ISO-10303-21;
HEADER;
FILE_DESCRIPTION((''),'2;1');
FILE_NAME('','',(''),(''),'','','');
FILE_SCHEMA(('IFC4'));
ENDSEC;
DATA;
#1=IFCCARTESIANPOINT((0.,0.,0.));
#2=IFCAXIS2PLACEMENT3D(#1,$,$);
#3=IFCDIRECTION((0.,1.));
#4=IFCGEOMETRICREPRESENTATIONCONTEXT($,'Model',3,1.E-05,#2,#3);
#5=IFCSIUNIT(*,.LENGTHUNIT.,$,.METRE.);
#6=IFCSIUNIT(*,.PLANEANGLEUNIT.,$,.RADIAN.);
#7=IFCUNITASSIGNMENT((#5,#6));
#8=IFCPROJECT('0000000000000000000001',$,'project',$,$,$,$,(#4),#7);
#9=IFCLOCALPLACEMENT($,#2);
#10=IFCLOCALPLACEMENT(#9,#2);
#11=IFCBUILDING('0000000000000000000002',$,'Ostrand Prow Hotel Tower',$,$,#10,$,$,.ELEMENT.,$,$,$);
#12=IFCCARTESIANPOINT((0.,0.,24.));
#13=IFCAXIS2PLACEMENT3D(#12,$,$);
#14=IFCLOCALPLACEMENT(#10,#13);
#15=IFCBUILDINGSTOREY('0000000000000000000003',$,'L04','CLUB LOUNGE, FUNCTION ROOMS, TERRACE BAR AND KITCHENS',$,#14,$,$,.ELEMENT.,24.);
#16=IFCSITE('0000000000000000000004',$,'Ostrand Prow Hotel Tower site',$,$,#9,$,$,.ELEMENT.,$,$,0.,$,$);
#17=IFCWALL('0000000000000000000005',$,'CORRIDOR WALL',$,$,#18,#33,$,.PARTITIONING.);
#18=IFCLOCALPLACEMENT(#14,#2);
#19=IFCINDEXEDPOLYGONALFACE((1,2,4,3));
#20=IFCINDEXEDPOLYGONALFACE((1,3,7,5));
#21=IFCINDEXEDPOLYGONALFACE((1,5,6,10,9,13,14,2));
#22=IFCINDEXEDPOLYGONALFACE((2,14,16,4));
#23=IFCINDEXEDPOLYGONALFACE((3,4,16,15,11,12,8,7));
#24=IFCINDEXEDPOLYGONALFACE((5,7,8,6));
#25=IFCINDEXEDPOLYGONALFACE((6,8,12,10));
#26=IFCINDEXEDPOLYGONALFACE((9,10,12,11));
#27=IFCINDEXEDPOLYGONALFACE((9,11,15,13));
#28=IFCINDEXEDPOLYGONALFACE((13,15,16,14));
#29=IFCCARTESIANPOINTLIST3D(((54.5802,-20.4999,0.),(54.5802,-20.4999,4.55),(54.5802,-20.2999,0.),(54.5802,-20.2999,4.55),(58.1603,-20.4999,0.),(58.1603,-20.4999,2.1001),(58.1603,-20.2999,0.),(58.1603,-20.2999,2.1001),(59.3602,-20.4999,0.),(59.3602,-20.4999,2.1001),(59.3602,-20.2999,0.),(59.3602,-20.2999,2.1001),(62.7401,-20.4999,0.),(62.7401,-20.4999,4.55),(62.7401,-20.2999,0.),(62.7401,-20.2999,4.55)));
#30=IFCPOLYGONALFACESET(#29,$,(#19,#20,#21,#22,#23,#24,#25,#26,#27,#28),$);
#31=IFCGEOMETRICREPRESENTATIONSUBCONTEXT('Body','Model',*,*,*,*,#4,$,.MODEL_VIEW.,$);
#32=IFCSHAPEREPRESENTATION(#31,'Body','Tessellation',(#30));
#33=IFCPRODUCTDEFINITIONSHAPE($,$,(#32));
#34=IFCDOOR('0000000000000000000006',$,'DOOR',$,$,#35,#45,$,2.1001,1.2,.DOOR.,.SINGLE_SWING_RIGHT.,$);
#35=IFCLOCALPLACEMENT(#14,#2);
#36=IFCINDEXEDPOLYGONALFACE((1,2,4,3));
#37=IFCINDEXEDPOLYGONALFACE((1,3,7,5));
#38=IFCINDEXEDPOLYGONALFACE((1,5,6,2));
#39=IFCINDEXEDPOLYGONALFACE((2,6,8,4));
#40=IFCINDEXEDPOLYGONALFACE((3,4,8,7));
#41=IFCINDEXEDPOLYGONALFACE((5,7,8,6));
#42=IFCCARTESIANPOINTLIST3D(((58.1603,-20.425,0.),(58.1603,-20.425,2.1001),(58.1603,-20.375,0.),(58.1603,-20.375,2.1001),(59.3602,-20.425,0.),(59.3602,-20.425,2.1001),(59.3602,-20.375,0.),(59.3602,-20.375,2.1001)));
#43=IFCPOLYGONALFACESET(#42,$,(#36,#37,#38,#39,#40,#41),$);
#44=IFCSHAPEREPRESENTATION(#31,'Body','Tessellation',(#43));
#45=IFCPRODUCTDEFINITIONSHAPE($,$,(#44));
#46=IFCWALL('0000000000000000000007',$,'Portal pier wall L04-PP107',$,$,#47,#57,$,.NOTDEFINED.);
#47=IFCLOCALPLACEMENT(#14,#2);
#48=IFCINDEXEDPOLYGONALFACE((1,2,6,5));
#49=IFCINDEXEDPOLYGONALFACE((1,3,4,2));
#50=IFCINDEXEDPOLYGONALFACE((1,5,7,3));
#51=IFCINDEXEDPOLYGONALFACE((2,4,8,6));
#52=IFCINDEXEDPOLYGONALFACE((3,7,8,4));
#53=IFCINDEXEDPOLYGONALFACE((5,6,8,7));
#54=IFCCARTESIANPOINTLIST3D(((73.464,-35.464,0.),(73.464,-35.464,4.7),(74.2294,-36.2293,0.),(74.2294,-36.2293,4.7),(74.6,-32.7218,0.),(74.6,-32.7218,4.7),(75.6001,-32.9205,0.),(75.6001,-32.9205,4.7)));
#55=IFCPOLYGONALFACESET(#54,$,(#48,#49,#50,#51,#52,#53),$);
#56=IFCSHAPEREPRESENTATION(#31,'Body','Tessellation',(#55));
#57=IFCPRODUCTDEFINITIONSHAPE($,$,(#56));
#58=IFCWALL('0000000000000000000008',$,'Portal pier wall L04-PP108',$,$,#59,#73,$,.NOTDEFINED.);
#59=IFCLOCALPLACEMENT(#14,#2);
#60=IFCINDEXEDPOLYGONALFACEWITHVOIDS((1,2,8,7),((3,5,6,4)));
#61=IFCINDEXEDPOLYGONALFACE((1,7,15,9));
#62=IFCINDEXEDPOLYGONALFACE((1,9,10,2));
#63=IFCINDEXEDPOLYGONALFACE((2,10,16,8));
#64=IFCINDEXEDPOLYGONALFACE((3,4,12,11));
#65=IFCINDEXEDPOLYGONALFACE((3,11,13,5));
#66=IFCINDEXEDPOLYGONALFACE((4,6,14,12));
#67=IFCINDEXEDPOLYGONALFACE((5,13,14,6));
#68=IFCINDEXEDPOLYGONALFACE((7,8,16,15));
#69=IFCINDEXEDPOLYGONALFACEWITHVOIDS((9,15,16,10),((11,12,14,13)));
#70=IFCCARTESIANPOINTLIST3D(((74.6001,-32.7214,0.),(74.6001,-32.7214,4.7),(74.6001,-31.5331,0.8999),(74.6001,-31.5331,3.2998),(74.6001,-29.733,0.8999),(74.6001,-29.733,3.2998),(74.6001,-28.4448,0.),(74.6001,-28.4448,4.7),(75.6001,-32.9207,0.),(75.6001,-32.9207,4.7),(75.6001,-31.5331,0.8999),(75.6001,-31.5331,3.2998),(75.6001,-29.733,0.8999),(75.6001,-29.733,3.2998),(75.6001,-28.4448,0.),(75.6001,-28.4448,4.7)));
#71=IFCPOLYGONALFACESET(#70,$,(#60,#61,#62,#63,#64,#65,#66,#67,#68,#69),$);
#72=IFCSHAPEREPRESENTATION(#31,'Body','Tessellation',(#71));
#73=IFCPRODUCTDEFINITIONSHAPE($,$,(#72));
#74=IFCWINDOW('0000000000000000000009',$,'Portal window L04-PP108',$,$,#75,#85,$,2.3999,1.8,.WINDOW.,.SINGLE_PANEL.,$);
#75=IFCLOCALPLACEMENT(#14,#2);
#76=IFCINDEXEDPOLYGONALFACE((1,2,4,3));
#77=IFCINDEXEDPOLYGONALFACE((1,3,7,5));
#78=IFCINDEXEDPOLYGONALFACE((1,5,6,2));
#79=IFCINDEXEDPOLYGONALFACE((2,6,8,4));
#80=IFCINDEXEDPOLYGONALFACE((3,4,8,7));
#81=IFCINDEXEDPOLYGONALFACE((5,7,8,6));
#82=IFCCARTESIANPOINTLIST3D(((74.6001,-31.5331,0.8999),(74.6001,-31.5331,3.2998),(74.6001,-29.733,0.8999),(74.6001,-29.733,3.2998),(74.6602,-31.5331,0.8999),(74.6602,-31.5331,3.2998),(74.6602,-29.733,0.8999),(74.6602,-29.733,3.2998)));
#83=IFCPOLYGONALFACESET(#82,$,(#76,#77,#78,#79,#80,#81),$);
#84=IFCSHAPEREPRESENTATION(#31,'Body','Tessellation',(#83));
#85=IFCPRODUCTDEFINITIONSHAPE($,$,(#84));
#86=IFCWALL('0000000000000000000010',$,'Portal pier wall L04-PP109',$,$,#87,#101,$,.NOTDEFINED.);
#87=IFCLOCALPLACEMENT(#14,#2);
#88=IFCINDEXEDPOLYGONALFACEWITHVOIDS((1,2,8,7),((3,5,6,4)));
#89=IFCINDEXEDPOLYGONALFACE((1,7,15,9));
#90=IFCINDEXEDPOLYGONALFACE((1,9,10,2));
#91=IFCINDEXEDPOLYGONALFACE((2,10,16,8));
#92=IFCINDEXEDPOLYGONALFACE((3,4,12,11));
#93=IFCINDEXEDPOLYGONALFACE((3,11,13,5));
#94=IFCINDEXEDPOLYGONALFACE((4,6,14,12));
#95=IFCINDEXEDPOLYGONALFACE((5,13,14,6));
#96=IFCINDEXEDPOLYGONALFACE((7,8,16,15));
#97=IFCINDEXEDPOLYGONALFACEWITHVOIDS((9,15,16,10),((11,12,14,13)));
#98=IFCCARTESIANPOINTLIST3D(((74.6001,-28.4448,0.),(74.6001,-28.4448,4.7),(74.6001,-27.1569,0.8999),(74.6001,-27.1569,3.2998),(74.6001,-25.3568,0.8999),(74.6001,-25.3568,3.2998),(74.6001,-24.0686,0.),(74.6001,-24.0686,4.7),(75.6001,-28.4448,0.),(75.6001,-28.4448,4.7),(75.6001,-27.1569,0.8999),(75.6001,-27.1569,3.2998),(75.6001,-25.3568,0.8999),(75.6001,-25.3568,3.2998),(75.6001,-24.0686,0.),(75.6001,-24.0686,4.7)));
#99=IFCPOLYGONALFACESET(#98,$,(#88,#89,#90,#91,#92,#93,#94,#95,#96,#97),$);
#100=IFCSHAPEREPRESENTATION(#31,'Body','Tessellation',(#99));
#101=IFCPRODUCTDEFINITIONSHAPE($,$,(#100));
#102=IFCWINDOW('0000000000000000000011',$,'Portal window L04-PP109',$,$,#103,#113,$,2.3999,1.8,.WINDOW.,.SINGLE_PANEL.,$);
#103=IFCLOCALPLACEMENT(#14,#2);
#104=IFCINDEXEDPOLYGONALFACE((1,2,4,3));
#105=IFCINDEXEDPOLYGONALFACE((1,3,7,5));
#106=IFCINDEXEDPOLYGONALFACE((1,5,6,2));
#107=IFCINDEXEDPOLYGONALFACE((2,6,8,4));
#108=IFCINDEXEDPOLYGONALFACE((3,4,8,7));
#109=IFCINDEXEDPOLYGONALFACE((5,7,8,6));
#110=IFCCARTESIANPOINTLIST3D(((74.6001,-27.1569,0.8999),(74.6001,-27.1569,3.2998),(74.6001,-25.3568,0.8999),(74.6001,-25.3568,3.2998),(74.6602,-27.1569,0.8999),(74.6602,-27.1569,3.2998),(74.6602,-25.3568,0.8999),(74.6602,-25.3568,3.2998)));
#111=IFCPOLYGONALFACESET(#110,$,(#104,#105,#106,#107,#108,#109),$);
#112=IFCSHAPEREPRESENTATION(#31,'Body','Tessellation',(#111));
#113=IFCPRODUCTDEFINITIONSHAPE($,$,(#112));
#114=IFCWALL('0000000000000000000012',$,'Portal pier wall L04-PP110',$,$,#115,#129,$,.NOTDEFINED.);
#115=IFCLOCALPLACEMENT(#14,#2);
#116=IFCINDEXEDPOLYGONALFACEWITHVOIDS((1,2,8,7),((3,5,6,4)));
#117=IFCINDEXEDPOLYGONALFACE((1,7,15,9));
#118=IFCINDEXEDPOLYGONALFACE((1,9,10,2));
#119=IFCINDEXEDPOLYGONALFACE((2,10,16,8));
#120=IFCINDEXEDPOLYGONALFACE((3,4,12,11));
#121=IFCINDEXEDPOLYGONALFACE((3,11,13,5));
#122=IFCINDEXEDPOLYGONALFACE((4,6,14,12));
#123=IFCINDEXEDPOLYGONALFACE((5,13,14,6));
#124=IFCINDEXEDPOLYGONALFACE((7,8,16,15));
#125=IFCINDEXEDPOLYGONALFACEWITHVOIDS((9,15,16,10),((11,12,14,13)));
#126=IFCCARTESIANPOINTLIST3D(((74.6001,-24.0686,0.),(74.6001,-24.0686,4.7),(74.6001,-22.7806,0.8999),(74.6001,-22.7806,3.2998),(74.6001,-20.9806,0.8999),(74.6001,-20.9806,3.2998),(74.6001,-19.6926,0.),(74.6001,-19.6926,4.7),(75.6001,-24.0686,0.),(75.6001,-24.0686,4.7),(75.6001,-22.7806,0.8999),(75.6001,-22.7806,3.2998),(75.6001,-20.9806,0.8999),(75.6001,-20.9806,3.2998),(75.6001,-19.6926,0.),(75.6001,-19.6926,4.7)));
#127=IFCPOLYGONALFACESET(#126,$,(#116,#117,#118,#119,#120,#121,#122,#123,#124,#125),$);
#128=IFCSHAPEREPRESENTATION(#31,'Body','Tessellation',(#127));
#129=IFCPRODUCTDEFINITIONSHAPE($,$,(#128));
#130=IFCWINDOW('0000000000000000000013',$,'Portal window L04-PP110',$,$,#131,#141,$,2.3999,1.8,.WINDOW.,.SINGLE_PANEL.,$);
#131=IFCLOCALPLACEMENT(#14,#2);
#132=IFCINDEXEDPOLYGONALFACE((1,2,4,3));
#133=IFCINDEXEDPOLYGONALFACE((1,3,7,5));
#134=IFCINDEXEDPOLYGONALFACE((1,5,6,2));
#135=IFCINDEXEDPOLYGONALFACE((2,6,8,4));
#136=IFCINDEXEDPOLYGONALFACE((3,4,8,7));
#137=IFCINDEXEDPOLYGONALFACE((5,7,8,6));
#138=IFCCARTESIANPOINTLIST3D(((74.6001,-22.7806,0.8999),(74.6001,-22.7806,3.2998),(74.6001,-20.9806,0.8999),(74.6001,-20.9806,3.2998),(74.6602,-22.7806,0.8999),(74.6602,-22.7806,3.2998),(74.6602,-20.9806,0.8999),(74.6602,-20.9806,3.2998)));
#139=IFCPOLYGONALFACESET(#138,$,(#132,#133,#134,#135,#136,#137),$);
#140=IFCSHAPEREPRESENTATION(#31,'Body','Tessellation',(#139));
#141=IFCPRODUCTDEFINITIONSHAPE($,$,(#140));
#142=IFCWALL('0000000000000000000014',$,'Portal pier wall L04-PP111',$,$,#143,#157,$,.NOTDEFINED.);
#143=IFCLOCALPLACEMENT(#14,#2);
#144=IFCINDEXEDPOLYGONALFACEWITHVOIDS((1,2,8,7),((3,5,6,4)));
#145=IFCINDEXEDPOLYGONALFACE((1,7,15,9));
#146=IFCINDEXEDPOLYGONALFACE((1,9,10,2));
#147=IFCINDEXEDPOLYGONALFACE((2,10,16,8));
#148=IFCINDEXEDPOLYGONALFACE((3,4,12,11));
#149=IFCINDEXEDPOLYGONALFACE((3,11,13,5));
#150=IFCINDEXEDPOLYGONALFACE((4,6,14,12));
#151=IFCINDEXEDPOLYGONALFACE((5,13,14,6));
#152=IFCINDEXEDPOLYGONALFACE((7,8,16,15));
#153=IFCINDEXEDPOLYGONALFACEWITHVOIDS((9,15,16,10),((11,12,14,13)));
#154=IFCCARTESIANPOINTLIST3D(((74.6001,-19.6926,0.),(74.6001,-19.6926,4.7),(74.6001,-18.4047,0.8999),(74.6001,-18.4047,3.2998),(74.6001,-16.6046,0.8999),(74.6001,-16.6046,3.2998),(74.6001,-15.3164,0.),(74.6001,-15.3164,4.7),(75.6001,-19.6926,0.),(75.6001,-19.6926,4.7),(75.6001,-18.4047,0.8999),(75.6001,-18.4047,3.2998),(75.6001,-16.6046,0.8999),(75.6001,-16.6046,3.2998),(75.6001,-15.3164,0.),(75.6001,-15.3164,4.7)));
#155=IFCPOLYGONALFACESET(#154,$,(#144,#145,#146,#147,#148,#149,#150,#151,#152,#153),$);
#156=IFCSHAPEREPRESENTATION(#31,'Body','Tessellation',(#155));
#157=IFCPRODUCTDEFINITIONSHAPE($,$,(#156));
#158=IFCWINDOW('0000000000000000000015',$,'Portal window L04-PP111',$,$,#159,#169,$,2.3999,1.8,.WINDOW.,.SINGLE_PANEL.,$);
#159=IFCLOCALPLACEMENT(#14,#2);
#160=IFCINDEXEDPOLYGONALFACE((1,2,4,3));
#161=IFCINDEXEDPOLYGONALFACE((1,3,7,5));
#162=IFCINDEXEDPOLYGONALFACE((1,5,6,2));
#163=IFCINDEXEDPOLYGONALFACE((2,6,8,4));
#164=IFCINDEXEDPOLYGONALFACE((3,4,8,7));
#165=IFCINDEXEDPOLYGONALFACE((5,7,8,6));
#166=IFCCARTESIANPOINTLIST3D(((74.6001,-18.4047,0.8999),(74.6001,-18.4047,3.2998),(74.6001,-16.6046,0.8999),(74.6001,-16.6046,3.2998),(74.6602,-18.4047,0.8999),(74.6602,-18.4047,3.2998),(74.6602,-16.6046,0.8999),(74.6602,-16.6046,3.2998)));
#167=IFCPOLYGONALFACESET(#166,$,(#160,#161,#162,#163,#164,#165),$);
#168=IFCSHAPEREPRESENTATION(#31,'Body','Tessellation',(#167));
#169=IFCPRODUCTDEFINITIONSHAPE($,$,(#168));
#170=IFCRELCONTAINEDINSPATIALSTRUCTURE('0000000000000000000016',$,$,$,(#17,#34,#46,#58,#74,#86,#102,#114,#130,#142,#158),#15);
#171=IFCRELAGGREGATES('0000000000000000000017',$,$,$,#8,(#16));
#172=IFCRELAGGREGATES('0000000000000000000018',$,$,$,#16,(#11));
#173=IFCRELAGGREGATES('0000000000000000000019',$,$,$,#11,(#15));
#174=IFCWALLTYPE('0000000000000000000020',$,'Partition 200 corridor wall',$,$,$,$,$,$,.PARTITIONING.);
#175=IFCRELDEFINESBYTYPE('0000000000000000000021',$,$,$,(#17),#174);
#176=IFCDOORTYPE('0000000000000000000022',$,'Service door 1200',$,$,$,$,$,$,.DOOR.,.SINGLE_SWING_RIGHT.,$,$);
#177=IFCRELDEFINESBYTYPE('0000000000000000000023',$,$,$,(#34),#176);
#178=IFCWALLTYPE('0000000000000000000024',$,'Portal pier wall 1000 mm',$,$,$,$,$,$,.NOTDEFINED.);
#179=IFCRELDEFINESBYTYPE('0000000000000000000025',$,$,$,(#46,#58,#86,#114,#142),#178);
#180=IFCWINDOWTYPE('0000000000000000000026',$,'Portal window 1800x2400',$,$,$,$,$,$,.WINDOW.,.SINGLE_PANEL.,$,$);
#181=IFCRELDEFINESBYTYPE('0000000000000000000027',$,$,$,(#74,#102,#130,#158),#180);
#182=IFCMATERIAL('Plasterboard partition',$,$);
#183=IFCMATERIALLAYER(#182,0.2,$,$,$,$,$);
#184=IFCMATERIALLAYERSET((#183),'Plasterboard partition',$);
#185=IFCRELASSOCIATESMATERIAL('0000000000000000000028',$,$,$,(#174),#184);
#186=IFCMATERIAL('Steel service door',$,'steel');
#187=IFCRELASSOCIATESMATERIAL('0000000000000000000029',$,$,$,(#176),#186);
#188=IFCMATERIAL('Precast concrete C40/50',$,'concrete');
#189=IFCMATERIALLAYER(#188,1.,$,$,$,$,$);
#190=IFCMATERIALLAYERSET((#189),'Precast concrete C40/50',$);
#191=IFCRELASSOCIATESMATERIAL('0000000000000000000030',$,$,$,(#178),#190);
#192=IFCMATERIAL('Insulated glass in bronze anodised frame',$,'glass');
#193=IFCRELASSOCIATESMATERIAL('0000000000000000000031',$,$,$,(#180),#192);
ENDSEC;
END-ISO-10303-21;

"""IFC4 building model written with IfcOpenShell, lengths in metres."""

from ifc_helpers import new_model, si_unit, direction, frame, frame_2d, origin, place, context, subcontext, project, spatial, polyline, rectangle, outline, extrude, material, layer, layer_set, type_object, element, fill, save


model = new_model("IFC4")

# Units and contexts
model_context = context("Model", 3, precision=1e-05, world=origin(), true_north=direction((0.0, 1.0)))
body_context = subcontext(model_context, "Body", "Model", "MODEL_VIEW")
ifc_project = project(units=[si_unit("LENGTHUNIT", "METRE"), si_unit("PLANEANGLEUNIT", "RADIAN")], contexts=[model_context])

# Site, building, storey
site_placement = place(None, origin())
site = spatial("IfcSite", under=ifc_project, at=site_placement, Name="Ostrand Prow Hotel Tower site", CompositionType="ELEMENT", RefElevation=0.0)
building_placement = place(site_placement, origin())
building = spatial("IfcBuilding", under=site, at=building_placement, Name="Ostrand Prow Hotel Tower", CompositionType="ELEMENT")
storey_placement = place(building_placement, frame((0.0, 0.0, 24.0)))
storey = spatial("IfcBuildingStorey", under=building, at=storey_placement, Name="L04", Description="CLUB LOUNGE, FUNCTION ROOMS, TERRACE BAR AND KITCHENS", CompositionType="ELEMENT", Elevation=24.0)

# Wall, opening, door
ifc_material_1 = material(Name="Plasterboard partition")
ifc_layer_1 = layer(ifc_material_1, 0.2)
ifc_layer_set_1 = layer_set([ifc_layer_1], Name="Plasterboard partition")
wall_type_1 = type_object("IfcWallType", Name="Partition 200 corridor wall", PredefinedType="PARTITIONING", material=ifc_layer_set_1)
wall_1_placement = place(storey_placement, frame((54.5801, -20.3999, 0.0), z_axis=(0.0, 0.0, 1.0), x_axis=(1.0, 0.0, 0.0)))
wall_1 = element("IfcWall", 1, at=wall_1_placement, inside=storey, type_object=wall_type_1, Name="CORRIDOR WALL", PredefinedType="PARTITIONING", context=body_context, shape_type="SweptSolid", body=[
    extrude(rectangle(XDim=8.1599, YDim=0.2, at=frame_2d((4.0801, 0.0))), origin(), (0.0, 0.0, 1.0), 4.55),
])
opening_1_placement = place(wall_1_placement, frame((3.5801, 0.0, 0.0)))
opening_1 = element("IfcOpeningElement", 2, at=opening_1_placement, cuts=wall_1, PredefinedType="OPENING", context=body_context, shape_type="SweptSolid", body=[
    extrude(rectangle(XDim=1.2, YDim=2.1001, at=frame_2d((0.6001, 1.05))), frame((0.0, 0.1099, 0.0), z_axis=(0.0, -1.0, 0.0), x_axis=(1.0, 0.0, 0.0)), (0.0, 0.0, 1.0), 0.22),
])
ifc_material_2 = material(Name="Steel service door", Category="steel")
door_type_1 = type_object("IfcDoorType", Name="Service door 1200", OperationType="SINGLE_SWING_RIGHT", PredefinedType="DOOR", material=ifc_material_2)
door_1_placement = place(opening_1_placement, origin())
door_1 = element("IfcDoor", 3, at=door_1_placement, inside=storey, type_object=door_type_1, Name="DOOR", OperationType="SINGLE_SWING_RIGHT", OverallHeight=2.1001, OverallWidth=1.2, PredefinedType="DOOR", context=body_context, shape_type="SweptSolid", body=[
    extrude(rectangle(XDim=1.2, YDim=2.1001, at=frame_2d((0.6001, 1.05))), frame((0.0, 0.0249, 0.0), z_axis=(0.0, -1.0, 0.0), x_axis=(1.0, 0.0, 0.0)), (0.0, 0.0, 1.0), 0.05),
])
fill(opening_1, door_1)

# Wall
ifc_material_3 = material(Name="Precast concrete C40/50", Category="concrete")
ifc_layer_2 = layer(ifc_material_3, 1.0)
ifc_layer_set_2 = layer_set([ifc_layer_2], Name="Precast concrete C40/50")
wall_type_2 = type_object("IfcWallType", Name="Portal pier wall 1000 mm", PredefinedType="NOTDEFINED", material=ifc_layer_set_2)
wall_2_placement = place(storey_placement, frame((73.8467, -35.8467, 0.0), z_axis=(0.0, 0.0, 1.0), x_axis=(0.382725, 0.923862, 0.0)))
element("IfcWall", 4, at=wall_2_placement, inside=storey, type_object=wall_type_2, Name="Portal pier wall L04-PP107", PredefinedType="NOTDEFINED", context=body_context, shape_type="SweptSolid", body=[
    extrude(outline(polyline([(-0.207, -0.5), (3.3745, -0.5), (3.1753, 0.5), (0.207, 0.5), (-0.207, -0.5)])), origin(), (0.0, 0.0, 1.0), 4.7),
])

# Walls, openings, windows
wall_3_placement = place(storey_placement, frame((75.1001, -32.821, 0.0), z_axis=(0.0, 0.0, 1.0), x_axis=(0.0, 1.0, 0.0)))
wall_3 = element("IfcWall", 5, at=wall_3_placement, inside=storey, type_object=wall_type_2, Name="Portal pier wall L04-PP108", PredefinedType="NOTDEFINED", context=body_context, shape_type="SweptSolid", body=[
    extrude(outline(polyline([(-0.0996, -0.5), (4.3762, -0.5), (4.3762, 0.5), (0.0996, 0.5), (-0.0996, -0.5)])), origin(), (0.0, 0.0, 1.0), 4.7),
])
opening_2_placement = place(wall_3_placement, frame((1.2881, 0.0, 0.8999)))
opening_2 = element("IfcOpeningElement", 6, at=opening_2_placement, cuts=wall_3, PredefinedType="OPENING", context=body_context, shape_type="SweptSolid", body=[
    extrude(rectangle(XDim=1.8, YDim=2.3999, at=frame_2d((0.8999, 1.2))), frame((0.0, 0.51, 0.0), z_axis=(0.0, -1.0, 0.0), x_axis=(1.0, 0.0, 0.0)), (0.0, 0.0, 1.0), 1.02),
])
ifc_material_4 = material(Name="Insulated glass in bronze anodised frame", Category="glass")
window_type = type_object("IfcWindowType", Name="Portal window 1800x2400", PartitioningType="SINGLE_PANEL", PredefinedType="WINDOW", material=ifc_material_4)
window_1_placement = place(opening_2_placement, origin())
window_1 = element("IfcWindow", 7, at=window_1_placement, inside=storey, type_object=window_type, Name="Portal window L04-PP108", OverallHeight=2.3999, OverallWidth=1.8, PartitioningType="SINGLE_PANEL", PredefinedType="WINDOW", context=body_context, shape_type="SweptSolid", body=[
    extrude(rectangle(XDim=1.8, YDim=2.3999, at=frame_2d((0.8999, 1.2))), frame((0.0, 0.5, 0.0), z_axis=(0.0, -1.0, 0.0), x_axis=(1.0, 0.0, 0.0)), (0.0, 0.0, 1.0), 0.0601),
])
fill(opening_2, window_1)
wall_4_placement = place(storey_placement, frame((75.1001, -28.4448, 0.0), z_axis=(0.0, 0.0, 1.0), x_axis=(0.0, 1.0, 0.0)))
wall_4 = element("IfcWall", 8, at=wall_4_placement, inside=storey, type_object=wall_type_2, Name="Portal pier wall L04-PP109", PredefinedType="NOTDEFINED", context=body_context, shape_type="SweptSolid", body=[
    extrude(outline(polyline([(0.0, -0.5), (4.3762, -0.5), (4.3762, 0.5), (0.0, 0.5), (0.0, -0.5)])), origin(), (0.0, 0.0, 1.0), 4.7),
])
opening_3_placement = place(wall_4_placement, frame((1.2881, 0.0, 0.8999)))
opening_3 = element("IfcOpeningElement", 9, at=opening_3_placement, cuts=wall_4, PredefinedType="OPENING", context=body_context, shape_type="SweptSolid", body=[
    extrude(rectangle(XDim=1.8, YDim=2.3999, at=frame_2d((0.8999, 1.2))), frame((0.0, 0.51, 0.0), z_axis=(0.0, -1.0, 0.0), x_axis=(1.0, 0.0, 0.0)), (0.0, 0.0, 1.0), 1.02),
])
window_2_placement = place(opening_3_placement, origin())
window_2 = element("IfcWindow", 10, at=window_2_placement, inside=storey, type_object=window_type, Name="Portal window L04-PP109", OverallHeight=2.3999, OverallWidth=1.8, PartitioningType="SINGLE_PANEL", PredefinedType="WINDOW", context=body_context, shape_type="SweptSolid", body=[
    extrude(rectangle(XDim=1.8, YDim=2.3999, at=frame_2d((0.8999, 1.2))), frame((0.0, 0.5, 0.0), z_axis=(0.0, -1.0, 0.0), x_axis=(1.0, 0.0, 0.0)), (0.0, 0.0, 1.0), 0.0601),
])
fill(opening_3, window_2)
wall_5_placement = place(storey_placement, frame((75.1001, -24.0686, 0.0), z_axis=(0.0, 0.0, 1.0), x_axis=(0.0, 1.0, 0.0)))
wall_5 = element("IfcWall", 11, at=wall_5_placement, inside=storey, type_object=wall_type_2, Name="Portal pier wall L04-PP110", PredefinedType="NOTDEFINED", context=body_context, shape_type="SweptSolid", body=[
    extrude(outline(polyline([(0.0, -0.5), (4.376, -0.5), (4.376, 0.5), (0.0, 0.5), (0.0, -0.5)])), origin(), (0.0, 0.0, 1.0), 4.7),
])
opening_4_placement = place(wall_5_placement, frame((1.2881, 0.0, 0.8999)))
opening_4 = element("IfcOpeningElement", 12, at=opening_4_placement, cuts=wall_5, PredefinedType="OPENING", context=body_context, shape_type="SweptSolid", body=[
    extrude(rectangle(XDim=1.8, YDim=2.3999, at=frame_2d((0.8999, 1.2))), frame((0.0, 0.51, 0.0), z_axis=(0.0, -1.0, 0.0), x_axis=(1.0, 0.0, 0.0)), (0.0, 0.0, 1.0), 1.02),
])
window_3_placement = place(opening_4_placement, origin())
window_3 = element("IfcWindow", 13, at=window_3_placement, inside=storey, type_object=window_type, Name="Portal window L04-PP110", OverallHeight=2.3999, OverallWidth=1.8, PartitioningType="SINGLE_PANEL", PredefinedType="WINDOW", context=body_context, shape_type="SweptSolid", body=[
    extrude(rectangle(XDim=1.8, YDim=2.3999, at=frame_2d((0.8999, 1.2))), frame((0.0, 0.5, 0.0), z_axis=(0.0, -1.0, 0.0), x_axis=(1.0, 0.0, 0.0)), (0.0, 0.0, 1.0), 0.0601),
])
fill(opening_4, window_3)
wall_6_placement = place(storey_placement, frame((75.1001, -19.6926, 0.0), z_axis=(0.0, 0.0, 1.0), x_axis=(0.0, 1.0, 0.0)))
wall_6 = element("IfcWall", 14, at=wall_6_placement, inside=storey, type_object=wall_type_2, Name="Portal pier wall L04-PP111", PredefinedType="NOTDEFINED", context=body_context, shape_type="SweptSolid", body=[
    extrude(outline(polyline([(0.0, -0.5), (4.3762, -0.5), (4.3762, 0.5), (0.0, 0.5), (0.0, -0.5)])), origin(), (0.0, 0.0, 1.0), 4.7),
])
opening_5_placement = place(wall_6_placement, frame((1.2881, 0.0, 0.8999)))
opening_5 = element("IfcOpeningElement", 15, at=opening_5_placement, cuts=wall_6, PredefinedType="OPENING", context=body_context, shape_type="SweptSolid", body=[
    extrude(rectangle(XDim=1.8, YDim=2.3999, at=frame_2d((0.8999, 1.2))), frame((0.0, 0.51, 0.0), z_axis=(0.0, -1.0, 0.0), x_axis=(1.0, 0.0, 0.0)), (0.0, 0.0, 1.0), 1.02),
])
window_4_placement = place(opening_5_placement, origin())
window_4 = element("IfcWindow", 16, at=window_4_placement, inside=storey, type_object=window_type, Name="Portal window L04-PP111", OverallHeight=2.3999, OverallWidth=1.8, PartitioningType="SINGLE_PANEL", PredefinedType="WINDOW", context=body_context, shape_type="SweptSolid", body=[
    extrude(rectangle(XDim=1.8, YDim=2.3999, at=frame_2d((0.8999, 1.2))), frame((0.0, 0.5, 0.0), z_axis=(0.0, -1.0, 0.0), x_axis=(1.0, 0.0, 0.0)), (0.0, 0.0, 1.0), 0.0601),
])
fill(opening_5, window_4)

save(model, "model.ifc")
